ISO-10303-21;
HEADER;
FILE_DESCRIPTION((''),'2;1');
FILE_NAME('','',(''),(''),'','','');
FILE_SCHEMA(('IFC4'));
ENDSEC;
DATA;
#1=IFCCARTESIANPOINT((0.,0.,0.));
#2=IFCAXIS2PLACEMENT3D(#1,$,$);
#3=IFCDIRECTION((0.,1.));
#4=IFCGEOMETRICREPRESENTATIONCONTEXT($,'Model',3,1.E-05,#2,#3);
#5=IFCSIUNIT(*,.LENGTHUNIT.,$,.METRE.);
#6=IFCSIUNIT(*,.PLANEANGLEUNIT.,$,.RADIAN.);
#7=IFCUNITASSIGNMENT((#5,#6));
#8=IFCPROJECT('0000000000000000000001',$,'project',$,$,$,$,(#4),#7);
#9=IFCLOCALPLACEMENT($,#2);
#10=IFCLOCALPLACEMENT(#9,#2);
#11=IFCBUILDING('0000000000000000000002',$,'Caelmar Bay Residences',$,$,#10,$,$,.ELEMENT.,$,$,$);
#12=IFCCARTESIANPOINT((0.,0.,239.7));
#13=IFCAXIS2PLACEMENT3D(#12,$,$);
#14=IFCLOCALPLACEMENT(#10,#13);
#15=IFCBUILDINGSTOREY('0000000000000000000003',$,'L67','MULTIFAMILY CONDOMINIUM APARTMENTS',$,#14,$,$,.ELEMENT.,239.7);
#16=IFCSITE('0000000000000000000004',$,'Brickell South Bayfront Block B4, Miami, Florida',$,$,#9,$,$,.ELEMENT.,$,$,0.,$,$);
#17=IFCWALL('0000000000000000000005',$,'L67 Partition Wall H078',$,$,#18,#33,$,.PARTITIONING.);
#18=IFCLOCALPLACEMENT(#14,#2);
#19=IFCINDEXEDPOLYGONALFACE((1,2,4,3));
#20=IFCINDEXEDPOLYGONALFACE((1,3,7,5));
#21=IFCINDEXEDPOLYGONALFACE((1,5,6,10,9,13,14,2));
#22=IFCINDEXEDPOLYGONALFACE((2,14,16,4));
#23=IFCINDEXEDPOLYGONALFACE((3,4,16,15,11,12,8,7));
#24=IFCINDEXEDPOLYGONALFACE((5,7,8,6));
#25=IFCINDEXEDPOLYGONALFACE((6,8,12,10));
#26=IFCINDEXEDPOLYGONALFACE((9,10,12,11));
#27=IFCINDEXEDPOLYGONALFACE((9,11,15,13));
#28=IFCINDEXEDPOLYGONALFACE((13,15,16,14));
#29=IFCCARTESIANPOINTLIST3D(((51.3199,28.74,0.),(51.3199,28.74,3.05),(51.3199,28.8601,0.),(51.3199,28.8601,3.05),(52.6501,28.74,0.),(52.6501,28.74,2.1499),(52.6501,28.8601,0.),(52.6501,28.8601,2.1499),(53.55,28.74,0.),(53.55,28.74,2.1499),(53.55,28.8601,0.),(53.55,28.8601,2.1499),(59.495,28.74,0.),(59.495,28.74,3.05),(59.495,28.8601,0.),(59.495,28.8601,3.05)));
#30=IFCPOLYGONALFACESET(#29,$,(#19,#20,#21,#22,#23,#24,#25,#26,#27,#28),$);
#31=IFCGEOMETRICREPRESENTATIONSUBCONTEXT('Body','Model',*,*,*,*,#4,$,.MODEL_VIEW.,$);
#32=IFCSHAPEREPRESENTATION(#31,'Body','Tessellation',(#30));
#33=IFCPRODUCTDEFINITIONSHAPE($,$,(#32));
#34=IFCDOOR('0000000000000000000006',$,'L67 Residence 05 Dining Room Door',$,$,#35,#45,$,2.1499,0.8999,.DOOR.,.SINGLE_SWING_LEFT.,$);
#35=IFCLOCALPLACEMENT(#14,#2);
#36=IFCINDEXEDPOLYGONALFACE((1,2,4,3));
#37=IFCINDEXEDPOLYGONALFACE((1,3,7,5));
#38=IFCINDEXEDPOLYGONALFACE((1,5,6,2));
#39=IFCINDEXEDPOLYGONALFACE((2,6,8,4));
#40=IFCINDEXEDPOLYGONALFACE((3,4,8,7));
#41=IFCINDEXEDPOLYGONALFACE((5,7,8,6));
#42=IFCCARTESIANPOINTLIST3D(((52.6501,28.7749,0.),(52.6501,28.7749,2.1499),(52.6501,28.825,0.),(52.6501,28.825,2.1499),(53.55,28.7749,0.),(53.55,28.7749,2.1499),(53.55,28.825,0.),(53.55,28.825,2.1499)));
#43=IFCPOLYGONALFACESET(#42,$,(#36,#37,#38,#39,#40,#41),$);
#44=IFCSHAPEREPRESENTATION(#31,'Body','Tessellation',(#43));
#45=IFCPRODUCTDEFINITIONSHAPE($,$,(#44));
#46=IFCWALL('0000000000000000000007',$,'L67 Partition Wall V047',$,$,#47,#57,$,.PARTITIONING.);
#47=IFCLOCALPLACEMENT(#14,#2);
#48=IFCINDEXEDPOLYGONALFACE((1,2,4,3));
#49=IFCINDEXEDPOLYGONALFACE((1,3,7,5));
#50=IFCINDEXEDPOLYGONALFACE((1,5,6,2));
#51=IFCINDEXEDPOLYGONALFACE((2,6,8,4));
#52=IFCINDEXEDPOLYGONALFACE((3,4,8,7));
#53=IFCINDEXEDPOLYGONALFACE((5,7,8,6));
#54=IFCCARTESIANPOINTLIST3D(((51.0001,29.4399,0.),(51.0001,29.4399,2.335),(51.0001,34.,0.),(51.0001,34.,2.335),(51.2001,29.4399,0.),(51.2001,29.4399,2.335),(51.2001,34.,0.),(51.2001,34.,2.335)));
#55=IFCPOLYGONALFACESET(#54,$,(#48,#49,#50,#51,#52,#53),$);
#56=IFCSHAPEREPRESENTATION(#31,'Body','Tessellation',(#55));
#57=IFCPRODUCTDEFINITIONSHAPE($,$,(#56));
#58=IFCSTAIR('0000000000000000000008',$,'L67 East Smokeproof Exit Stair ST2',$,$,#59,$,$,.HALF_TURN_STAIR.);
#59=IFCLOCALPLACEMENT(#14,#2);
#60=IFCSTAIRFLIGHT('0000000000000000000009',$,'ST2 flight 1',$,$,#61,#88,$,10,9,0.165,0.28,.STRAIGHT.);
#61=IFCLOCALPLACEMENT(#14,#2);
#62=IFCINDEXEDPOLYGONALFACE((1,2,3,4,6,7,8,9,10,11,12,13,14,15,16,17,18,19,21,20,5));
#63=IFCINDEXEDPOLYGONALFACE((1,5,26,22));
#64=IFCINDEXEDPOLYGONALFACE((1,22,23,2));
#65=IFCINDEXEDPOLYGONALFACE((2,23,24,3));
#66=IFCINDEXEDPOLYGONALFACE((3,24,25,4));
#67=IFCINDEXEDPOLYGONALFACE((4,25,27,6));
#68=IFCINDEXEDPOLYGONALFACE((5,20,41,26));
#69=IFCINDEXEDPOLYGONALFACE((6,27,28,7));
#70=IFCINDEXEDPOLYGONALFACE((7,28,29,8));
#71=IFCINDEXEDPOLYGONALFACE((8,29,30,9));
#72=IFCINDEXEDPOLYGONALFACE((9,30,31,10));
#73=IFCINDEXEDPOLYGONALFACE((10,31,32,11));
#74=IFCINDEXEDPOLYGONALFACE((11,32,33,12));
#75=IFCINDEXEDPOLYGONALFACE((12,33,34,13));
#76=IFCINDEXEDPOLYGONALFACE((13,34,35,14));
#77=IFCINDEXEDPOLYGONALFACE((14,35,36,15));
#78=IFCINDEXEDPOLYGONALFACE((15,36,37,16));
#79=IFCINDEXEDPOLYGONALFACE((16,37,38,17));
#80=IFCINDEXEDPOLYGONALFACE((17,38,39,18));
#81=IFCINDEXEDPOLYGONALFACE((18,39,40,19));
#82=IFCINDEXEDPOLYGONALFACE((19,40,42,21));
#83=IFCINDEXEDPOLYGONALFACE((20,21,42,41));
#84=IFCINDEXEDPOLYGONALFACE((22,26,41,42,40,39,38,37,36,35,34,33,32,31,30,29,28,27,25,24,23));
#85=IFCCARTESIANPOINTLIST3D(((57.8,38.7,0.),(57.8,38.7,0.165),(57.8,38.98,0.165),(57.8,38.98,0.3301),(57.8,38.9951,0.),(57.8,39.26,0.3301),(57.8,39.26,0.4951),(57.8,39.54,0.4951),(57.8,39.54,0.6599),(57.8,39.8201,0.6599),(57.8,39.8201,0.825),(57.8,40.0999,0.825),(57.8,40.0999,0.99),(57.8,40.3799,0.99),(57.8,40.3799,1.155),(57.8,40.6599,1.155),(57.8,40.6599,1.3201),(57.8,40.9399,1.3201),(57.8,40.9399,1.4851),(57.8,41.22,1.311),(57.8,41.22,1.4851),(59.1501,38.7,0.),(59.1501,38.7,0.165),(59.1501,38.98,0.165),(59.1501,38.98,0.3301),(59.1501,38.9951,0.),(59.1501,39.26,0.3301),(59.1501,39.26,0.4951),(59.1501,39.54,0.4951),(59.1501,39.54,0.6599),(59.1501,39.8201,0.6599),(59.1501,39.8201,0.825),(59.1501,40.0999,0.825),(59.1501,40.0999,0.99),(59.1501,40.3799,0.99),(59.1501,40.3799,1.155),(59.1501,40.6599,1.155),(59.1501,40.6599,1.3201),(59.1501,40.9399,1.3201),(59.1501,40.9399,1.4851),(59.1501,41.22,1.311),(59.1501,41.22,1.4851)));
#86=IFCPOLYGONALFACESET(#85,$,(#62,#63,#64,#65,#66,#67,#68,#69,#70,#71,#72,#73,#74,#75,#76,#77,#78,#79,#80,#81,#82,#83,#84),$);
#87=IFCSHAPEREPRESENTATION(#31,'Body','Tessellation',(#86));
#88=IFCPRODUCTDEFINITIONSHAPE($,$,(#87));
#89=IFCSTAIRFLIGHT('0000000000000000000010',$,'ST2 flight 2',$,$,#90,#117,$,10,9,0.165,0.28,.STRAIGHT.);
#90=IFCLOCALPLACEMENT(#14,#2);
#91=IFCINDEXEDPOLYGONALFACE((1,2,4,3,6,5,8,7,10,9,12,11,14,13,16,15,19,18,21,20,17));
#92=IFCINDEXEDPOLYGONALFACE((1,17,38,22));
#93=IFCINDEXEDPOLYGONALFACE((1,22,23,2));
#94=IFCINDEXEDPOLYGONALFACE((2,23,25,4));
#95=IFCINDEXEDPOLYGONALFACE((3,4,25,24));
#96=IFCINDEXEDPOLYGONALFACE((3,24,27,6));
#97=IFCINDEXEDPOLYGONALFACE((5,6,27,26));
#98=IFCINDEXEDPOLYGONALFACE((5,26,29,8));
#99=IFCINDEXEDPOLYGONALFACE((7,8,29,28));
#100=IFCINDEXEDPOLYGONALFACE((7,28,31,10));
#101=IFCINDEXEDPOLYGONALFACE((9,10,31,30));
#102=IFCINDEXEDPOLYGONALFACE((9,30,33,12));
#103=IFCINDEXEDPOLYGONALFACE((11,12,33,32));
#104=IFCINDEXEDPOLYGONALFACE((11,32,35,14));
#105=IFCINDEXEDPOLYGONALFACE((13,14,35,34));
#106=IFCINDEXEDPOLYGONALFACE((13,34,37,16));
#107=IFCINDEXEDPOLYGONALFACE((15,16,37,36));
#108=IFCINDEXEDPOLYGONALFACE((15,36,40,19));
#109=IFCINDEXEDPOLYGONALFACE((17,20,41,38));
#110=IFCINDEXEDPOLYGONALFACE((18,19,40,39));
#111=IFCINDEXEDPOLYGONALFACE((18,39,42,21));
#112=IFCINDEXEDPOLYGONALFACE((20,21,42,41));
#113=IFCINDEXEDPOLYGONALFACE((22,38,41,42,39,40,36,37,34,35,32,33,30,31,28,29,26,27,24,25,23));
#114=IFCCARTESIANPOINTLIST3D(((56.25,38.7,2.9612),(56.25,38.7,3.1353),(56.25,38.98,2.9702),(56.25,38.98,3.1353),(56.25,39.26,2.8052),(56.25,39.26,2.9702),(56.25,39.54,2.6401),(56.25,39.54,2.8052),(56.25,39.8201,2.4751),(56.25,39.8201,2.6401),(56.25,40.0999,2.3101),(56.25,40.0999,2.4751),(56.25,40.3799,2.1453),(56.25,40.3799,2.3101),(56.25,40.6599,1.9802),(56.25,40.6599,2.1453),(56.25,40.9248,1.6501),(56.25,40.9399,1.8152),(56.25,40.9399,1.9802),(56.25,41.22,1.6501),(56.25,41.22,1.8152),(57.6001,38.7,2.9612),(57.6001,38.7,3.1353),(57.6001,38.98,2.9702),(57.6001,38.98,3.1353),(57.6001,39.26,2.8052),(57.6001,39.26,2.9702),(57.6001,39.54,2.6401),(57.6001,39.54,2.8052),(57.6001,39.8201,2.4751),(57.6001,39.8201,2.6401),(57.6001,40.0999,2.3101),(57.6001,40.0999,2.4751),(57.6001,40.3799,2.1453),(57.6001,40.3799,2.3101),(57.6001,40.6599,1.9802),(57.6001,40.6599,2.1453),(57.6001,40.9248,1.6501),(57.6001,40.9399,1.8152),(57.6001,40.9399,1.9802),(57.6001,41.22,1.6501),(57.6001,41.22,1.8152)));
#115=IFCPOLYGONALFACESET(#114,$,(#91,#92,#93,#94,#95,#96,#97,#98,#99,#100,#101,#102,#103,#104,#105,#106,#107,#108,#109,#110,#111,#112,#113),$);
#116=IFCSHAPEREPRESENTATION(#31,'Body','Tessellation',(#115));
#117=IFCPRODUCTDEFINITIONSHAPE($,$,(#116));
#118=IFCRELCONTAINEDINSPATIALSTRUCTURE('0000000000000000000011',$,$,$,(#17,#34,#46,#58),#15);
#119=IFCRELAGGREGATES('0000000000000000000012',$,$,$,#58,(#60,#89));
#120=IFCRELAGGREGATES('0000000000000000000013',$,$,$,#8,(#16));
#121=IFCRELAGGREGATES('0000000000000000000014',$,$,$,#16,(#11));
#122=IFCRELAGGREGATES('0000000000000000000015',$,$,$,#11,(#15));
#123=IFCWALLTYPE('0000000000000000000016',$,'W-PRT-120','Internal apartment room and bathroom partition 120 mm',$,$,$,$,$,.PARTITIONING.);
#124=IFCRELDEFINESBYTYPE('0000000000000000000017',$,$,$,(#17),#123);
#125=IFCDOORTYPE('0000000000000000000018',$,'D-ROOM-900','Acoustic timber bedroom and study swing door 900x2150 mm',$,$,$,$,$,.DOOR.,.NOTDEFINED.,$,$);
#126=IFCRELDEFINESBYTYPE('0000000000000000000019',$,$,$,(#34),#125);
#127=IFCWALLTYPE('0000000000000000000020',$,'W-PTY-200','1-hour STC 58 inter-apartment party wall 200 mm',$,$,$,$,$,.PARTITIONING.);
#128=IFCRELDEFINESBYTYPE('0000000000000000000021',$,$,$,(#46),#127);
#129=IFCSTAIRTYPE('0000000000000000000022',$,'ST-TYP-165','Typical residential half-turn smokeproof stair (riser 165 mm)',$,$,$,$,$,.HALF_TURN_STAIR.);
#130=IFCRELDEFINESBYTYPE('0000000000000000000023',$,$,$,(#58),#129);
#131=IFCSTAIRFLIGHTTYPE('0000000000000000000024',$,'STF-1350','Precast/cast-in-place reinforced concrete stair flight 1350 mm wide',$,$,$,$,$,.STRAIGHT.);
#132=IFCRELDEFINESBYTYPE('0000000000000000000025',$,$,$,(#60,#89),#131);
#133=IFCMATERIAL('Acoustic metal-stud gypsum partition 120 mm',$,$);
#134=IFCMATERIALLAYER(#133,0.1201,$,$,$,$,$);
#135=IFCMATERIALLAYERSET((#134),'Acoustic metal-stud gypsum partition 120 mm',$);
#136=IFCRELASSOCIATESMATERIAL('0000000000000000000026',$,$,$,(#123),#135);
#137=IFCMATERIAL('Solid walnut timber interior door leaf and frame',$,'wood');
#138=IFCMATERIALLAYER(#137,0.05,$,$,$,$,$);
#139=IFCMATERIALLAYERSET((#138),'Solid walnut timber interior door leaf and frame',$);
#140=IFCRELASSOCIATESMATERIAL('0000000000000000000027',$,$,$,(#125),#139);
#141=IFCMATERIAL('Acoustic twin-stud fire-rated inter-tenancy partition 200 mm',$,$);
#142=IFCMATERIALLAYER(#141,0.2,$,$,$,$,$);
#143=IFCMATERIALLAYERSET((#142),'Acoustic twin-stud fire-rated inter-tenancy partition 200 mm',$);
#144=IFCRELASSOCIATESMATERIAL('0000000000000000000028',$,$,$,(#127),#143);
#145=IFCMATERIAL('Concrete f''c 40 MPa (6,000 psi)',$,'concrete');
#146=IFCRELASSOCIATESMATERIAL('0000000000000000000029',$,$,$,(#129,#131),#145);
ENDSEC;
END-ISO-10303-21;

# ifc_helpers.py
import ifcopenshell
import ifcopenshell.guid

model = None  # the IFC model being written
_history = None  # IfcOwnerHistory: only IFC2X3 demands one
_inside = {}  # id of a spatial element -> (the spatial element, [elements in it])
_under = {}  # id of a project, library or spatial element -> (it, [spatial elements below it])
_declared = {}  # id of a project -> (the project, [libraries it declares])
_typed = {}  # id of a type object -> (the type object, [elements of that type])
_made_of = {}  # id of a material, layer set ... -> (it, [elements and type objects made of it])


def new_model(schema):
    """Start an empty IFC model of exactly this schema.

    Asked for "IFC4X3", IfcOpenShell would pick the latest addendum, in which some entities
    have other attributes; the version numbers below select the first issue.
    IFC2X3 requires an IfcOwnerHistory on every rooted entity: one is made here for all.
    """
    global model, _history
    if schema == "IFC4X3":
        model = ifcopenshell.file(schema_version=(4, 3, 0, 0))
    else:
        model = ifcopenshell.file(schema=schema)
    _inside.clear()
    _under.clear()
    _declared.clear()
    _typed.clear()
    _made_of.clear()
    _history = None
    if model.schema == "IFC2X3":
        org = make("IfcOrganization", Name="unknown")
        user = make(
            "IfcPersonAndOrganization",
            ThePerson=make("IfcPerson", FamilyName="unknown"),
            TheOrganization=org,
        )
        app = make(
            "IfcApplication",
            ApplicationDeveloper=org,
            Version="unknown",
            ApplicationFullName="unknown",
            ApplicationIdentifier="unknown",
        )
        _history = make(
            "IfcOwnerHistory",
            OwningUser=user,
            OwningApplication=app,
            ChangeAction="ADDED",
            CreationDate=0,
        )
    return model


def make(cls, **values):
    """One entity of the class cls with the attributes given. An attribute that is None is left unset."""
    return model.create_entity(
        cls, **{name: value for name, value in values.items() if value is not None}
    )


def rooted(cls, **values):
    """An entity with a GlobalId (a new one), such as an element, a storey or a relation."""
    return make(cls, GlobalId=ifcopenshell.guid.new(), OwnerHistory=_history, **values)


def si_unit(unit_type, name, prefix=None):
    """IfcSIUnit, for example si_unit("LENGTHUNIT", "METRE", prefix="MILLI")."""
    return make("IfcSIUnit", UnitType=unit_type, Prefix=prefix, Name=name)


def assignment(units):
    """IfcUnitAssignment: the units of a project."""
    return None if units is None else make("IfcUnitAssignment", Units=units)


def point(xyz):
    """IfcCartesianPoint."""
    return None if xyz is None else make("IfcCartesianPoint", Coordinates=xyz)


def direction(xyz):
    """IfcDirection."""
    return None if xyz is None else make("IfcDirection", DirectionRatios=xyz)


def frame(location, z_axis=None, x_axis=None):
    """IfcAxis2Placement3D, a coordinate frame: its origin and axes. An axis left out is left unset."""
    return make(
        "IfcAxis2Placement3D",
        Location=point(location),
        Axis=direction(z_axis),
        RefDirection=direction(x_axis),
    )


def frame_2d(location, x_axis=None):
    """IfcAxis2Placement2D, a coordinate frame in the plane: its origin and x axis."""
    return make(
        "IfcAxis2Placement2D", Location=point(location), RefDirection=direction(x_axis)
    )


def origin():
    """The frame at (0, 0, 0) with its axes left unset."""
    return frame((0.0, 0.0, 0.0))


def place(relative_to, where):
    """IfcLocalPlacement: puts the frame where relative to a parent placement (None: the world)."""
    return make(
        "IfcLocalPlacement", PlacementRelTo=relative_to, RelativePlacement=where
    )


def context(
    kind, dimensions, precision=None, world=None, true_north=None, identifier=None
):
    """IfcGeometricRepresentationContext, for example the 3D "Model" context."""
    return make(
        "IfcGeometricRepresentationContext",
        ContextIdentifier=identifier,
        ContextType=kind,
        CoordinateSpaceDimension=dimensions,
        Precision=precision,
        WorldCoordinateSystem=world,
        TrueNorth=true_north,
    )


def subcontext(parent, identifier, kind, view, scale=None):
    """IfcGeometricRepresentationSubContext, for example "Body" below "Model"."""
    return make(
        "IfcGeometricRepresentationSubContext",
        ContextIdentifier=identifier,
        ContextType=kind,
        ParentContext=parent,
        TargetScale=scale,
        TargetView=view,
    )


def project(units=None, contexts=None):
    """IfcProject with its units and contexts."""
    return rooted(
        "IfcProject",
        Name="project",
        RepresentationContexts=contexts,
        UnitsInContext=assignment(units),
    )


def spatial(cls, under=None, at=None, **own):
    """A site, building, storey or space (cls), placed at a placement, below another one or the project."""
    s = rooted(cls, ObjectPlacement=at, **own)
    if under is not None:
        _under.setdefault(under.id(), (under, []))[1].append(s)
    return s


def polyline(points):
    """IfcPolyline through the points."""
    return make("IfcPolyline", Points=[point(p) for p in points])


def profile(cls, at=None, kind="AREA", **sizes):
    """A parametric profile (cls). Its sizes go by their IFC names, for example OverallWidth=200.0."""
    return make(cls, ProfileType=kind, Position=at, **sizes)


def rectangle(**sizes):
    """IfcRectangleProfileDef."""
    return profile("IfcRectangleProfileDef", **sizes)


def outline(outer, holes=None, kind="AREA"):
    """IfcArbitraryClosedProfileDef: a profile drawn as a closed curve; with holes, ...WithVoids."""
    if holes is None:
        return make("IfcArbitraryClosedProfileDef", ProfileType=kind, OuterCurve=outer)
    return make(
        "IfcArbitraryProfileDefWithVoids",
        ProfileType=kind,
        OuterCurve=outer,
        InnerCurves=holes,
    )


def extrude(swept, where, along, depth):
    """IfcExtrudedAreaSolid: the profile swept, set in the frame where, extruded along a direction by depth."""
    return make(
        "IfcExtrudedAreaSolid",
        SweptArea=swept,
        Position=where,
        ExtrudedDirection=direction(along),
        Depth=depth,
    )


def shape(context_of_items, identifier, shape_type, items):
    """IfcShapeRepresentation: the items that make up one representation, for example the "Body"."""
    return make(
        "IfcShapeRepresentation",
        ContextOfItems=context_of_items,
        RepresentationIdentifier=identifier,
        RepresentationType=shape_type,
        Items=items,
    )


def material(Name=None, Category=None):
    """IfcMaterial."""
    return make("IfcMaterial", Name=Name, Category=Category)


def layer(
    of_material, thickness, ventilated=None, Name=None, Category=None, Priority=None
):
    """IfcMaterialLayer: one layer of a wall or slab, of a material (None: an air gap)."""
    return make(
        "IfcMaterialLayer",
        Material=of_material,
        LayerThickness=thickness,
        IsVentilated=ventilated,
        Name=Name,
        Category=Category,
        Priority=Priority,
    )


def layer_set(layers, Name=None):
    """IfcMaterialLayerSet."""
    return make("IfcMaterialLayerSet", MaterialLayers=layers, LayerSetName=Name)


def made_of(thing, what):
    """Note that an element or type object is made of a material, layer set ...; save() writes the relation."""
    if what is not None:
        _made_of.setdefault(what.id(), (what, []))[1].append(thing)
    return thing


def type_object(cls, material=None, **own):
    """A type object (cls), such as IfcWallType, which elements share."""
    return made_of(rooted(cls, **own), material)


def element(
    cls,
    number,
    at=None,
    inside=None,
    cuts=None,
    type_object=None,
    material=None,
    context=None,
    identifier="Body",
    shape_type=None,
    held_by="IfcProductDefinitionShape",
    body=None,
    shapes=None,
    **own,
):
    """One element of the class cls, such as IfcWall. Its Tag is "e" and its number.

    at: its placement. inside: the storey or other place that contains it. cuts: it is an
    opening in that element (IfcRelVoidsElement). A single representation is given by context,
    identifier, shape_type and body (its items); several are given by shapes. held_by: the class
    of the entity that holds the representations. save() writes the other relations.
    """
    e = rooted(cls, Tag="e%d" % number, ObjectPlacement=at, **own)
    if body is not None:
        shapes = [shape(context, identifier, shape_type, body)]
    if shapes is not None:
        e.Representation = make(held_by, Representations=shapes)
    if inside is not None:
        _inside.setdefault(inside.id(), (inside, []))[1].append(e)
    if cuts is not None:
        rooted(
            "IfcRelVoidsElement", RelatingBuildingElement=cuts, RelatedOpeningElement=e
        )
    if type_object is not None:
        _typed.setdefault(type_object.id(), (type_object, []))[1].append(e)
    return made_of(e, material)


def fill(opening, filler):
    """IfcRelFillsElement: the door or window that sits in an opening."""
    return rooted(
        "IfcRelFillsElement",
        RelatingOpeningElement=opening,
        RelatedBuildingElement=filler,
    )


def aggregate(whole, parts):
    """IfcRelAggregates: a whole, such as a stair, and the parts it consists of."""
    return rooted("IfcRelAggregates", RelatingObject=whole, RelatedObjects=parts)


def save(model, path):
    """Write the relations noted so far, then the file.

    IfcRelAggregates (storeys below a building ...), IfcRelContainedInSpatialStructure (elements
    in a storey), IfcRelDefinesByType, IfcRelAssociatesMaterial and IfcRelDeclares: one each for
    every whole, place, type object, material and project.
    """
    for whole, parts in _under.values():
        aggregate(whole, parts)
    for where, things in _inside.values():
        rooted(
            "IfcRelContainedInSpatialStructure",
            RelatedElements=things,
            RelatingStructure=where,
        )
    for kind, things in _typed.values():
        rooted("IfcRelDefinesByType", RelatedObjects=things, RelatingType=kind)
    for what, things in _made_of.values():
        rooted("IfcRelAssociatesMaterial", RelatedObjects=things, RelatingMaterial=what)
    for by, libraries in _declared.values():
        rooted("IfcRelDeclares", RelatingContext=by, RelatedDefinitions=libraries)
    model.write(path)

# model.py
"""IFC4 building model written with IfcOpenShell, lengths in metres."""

from ifc_helpers import new_model, si_unit, direction, frame, frame_2d, origin, place, context, subcontext, project, spatial, polyline, rectangle, outline, extrude, material, layer, layer_set, type_object, element, fill, aggregate, save


model = new_model("IFC4")

# Units and contexts
model_context = context("Model", 3, precision=1e-05, world=origin(), true_north=direction((0.0, 1.0)))
body_context = subcontext(model_context, "Body", "Model", "MODEL_VIEW")
ifc_project = project(units=[si_unit("LENGTHUNIT", "METRE"), si_unit("PLANEANGLEUNIT", "RADIAN")], contexts=[model_context])

# Site, building, storey
site_placement = place(None, origin())
site = spatial("IfcSite", under=ifc_project, at=site_placement, Name="Brickell South Bayfront Block B4, Miami, Florida", CompositionType="ELEMENT", RefElevation=0.0)
building_placement = place(site_placement, origin())
building = spatial("IfcBuilding", under=site, at=building_placement, Name="Caelmar Bay Residences", CompositionType="ELEMENT")
storey_placement = place(building_placement, frame((0.0, 0.0, 239.7)))
storey = spatial("IfcBuildingStorey", under=building, at=storey_placement, Name="L67", Description="MULTIFAMILY CONDOMINIUM APARTMENTS", CompositionType="ELEMENT", Elevation=239.7)

# Shared definitions
ifc_material_1 = material(Name="Acoustic metal-stud gypsum partition 120 mm")
ifc_layer_1 = layer(ifc_material_1, 0.1201)
ifc_layer_set_1 = layer_set([ifc_layer_1], Name="Acoustic metal-stud gypsum partition 120 mm")
wall_type_1 = type_object("IfcWallType", Name="W-PRT-120", Description="Internal apartment room and bathroom partition 120 mm", PredefinedType="PARTITIONING", material=ifc_layer_set_1)
ifc_material_2 = material(Name="Solid walnut timber interior door leaf and frame", Category="wood")
ifc_layer_2 = layer(ifc_material_2, 0.05)
ifc_layer_set_2 = layer_set([ifc_layer_2], Name="Solid walnut timber interior door leaf and frame")
door_type_1 = type_object("IfcDoorType", Name="D-ROOM-900", Description="Acoustic timber bedroom and study swing door 900x2150 mm", OperationType="NOTDEFINED", PredefinedType="DOOR", material=ifc_layer_set_2)

# Wall, opening, door
wall_1_placement = place(storey_placement, frame((51.3201, 28.8, 0.0), z_axis=(0.0, 0.0, 1.0), x_axis=(1.0, 0.0, 0.0)))
wall_1 = element("IfcWall", 1, at=wall_1_placement, inside=storey, type_object=wall_type_1, Name="L67 Partition Wall H078", PredefinedType="PARTITIONING", context=body_context, shape_type="SweptSolid", body=[
    extrude(rectangle(XDim=8.175, YDim=0.1201, at=frame_2d((4.0874, 0.0))), origin(), (0.0, 0.0, 1.0), 3.05),
])
opening_1_placement = place(wall_1_placement, frame((1.3301, 0.0, 0.0)))
opening_1 = element("IfcOpeningElement", 2, at=opening_1_placement, cuts=wall_1, PredefinedType="OPENING", context=body_context, shape_type="SweptSolid", body=[
    extrude(rectangle(XDim=0.8999, YDim=2.1499, at=frame_2d((0.45, 1.075))), frame((0.0, 0.0701, 0.0), z_axis=(0.0, -1.0, 0.0), x_axis=(1.0, 0.0, 0.0)), (0.0, 0.0, 1.0), 0.1401),
])
door_1_placement = place(opening_1_placement, origin())
door_1 = element("IfcDoor", 3, at=door_1_placement, inside=storey, type_object=door_type_1, Name="L67 Residence 05 Dining Room Door", OperationType="SINGLE_SWING_LEFT", OverallHeight=2.1499, OverallWidth=0.8999, PredefinedType="DOOR", context=body_context, shape_type="SweptSolid", body=[
    extrude(rectangle(XDim=0.8999, YDim=2.1499, at=frame_2d((0.45, 1.075))), frame((0.0, 0.0249, 0.0), z_axis=(0.0, -1.0, 0.0), x_axis=(1.0, 0.0, 0.0)), (0.0, 0.0, 1.0), 0.05),
])
fill(opening_1, door_1)

# Wall
ifc_material_3 = material(Name="Acoustic twin-stud fire-rated inter-tenancy partition 200 mm")
ifc_layer_3 = layer(ifc_material_3, 0.2)
ifc_layer_set_3 = layer_set([ifc_layer_3], Name="Acoustic twin-stud fire-rated inter-tenancy partition 200 mm")
wall_type_2 = type_object("IfcWallType", Name="W-PTY-200", Description="1-hour STC 58 inter-apartment party wall 200 mm", PredefinedType="PARTITIONING", material=ifc_layer_set_3)
wall_2_placement = place(storey_placement, frame((51.1001, 29.4399, 0.0), z_axis=(0.0, 0.0, 1.0), x_axis=(0.0, 1.0, 0.0)))
element("IfcWall", 4, at=wall_2_placement, inside=storey, type_object=wall_type_2, Name="L67 Partition Wall V047", PredefinedType="PARTITIONING", context=body_context, shape_type="SweptSolid", body=[
    extrude(rectangle(XDim=4.5601, YDim=0.2, at=frame_2d((2.28, 0.0))), origin(), (0.0, 0.0, 1.0), 2.335),
])

# Stair, stair flights
ifc_material_4 = material(Name="Concrete f'c 40 MPa (6,000 psi)", Category="concrete")
stair_type = type_object("IfcStairType", Name="ST-TYP-165", Description="Typical residential half-turn smokeproof stair (riser 165 mm)", PredefinedType="HALF_TURN_STAIR", material=ifc_material_4)
stair_placement = place(storey_placement, origin())
stair = element("IfcStair", 5, at=stair_placement, inside=storey, type_object=stair_type, Name="L67 East Smokeproof Exit Stair ST2", PredefinedType="HALF_TURN_STAIR")
stair_flight_type = type_object("IfcStairFlightType", Name="STF-1350", Description="Precast/cast-in-place reinforced concrete stair flight 1350 mm wide", PredefinedType="STRAIGHT", material=ifc_material_4)
stair_flight_1_placement = place(storey_placement, frame((58.4751, 38.7, 0.0), z_axis=(0.0, 0.0, 1.0), x_axis=(0.0, 1.0, 0.0)))
stair_flight_1 = element("IfcStairFlight", 6, at=stair_flight_1_placement, type_object=stair_flight_type, Name="ST2 flight 1", NumberOfRisers=10, NumberOfTreads=9, PredefinedType="STRAIGHT", RiserHeight=0.165, TreadLength=0.28, context=body_context, shape_type="SweptSolid", body=[
    extrude(outline(polyline([(0.0, 0.0), (0.0, 0.165), (0.28, 0.165), (0.28, 0.3301), (0.5601, 0.3301), (0.5601, 0.4951), (0.8401, 0.4951), (0.8401, 0.6599), (1.1201, 0.6599), (1.1201, 0.825), (1.3999, 0.825), (1.3999, 0.99), (1.6799, 0.99), (1.6799, 1.155), (1.96, 1.155), (1.96, 1.3201), (2.24, 1.3201), (2.24, 1.4851), (2.52, 1.4851), (2.52, 1.6499), (2.52, 1.311), (0.2952, 0.0), (0.0, 0.0)])), frame((0.0, 0.675, 0.0), z_axis=(0.0, -1.0, 0.0), x_axis=(1.0, 0.0, 0.0)), (0.0, 0.0, 1.0), 1.3501),
])
stair_flight_2_placement = place(storey_placement, frame((56.925, 41.22, 1.6501), z_axis=(0.0, 0.0, 1.0), x_axis=(0.0, -1.0, 0.0)))
stair_flight_2 = element("IfcStairFlight", 7, at=stair_flight_2_placement, type_object=stair_flight_type, Name="ST2 flight 2", NumberOfRisers=10, NumberOfTreads=9, PredefinedType="STRAIGHT", RiserHeight=0.165, TreadLength=0.28, context=body_context, shape_type="SweptSolid", body=[
    extrude(outline(polyline([(0.0, 0.0), (0.0, 0.165), (0.28, 0.165), (0.28, 0.3301), (0.5601, 0.3301), (0.5601, 0.4951), (0.8401, 0.4951), (0.8401, 0.6599), (1.1201, 0.6599), (1.1201, 0.825), (1.3999, 0.825), (1.3999, 0.99), (1.6799, 0.99), (1.6799, 1.155), (1.96, 1.155), (1.96, 1.3201), (2.24, 1.3201), (2.24, 1.4851), (2.52, 1.4851), (2.52, 1.6499), (2.52, 1.311), (0.2952, 0.0), (0.0, 0.0)])), frame((0.0, 0.675, 0.0), z_axis=(0.0, -1.0, 0.0), x_axis=(1.0, 0.0, 0.0)), (0.0, 0.0, 1.0), 1.3501),
])
aggregate(stair, [stair_flight_1, stair_flight_2])

save(model, "model.ifc")
